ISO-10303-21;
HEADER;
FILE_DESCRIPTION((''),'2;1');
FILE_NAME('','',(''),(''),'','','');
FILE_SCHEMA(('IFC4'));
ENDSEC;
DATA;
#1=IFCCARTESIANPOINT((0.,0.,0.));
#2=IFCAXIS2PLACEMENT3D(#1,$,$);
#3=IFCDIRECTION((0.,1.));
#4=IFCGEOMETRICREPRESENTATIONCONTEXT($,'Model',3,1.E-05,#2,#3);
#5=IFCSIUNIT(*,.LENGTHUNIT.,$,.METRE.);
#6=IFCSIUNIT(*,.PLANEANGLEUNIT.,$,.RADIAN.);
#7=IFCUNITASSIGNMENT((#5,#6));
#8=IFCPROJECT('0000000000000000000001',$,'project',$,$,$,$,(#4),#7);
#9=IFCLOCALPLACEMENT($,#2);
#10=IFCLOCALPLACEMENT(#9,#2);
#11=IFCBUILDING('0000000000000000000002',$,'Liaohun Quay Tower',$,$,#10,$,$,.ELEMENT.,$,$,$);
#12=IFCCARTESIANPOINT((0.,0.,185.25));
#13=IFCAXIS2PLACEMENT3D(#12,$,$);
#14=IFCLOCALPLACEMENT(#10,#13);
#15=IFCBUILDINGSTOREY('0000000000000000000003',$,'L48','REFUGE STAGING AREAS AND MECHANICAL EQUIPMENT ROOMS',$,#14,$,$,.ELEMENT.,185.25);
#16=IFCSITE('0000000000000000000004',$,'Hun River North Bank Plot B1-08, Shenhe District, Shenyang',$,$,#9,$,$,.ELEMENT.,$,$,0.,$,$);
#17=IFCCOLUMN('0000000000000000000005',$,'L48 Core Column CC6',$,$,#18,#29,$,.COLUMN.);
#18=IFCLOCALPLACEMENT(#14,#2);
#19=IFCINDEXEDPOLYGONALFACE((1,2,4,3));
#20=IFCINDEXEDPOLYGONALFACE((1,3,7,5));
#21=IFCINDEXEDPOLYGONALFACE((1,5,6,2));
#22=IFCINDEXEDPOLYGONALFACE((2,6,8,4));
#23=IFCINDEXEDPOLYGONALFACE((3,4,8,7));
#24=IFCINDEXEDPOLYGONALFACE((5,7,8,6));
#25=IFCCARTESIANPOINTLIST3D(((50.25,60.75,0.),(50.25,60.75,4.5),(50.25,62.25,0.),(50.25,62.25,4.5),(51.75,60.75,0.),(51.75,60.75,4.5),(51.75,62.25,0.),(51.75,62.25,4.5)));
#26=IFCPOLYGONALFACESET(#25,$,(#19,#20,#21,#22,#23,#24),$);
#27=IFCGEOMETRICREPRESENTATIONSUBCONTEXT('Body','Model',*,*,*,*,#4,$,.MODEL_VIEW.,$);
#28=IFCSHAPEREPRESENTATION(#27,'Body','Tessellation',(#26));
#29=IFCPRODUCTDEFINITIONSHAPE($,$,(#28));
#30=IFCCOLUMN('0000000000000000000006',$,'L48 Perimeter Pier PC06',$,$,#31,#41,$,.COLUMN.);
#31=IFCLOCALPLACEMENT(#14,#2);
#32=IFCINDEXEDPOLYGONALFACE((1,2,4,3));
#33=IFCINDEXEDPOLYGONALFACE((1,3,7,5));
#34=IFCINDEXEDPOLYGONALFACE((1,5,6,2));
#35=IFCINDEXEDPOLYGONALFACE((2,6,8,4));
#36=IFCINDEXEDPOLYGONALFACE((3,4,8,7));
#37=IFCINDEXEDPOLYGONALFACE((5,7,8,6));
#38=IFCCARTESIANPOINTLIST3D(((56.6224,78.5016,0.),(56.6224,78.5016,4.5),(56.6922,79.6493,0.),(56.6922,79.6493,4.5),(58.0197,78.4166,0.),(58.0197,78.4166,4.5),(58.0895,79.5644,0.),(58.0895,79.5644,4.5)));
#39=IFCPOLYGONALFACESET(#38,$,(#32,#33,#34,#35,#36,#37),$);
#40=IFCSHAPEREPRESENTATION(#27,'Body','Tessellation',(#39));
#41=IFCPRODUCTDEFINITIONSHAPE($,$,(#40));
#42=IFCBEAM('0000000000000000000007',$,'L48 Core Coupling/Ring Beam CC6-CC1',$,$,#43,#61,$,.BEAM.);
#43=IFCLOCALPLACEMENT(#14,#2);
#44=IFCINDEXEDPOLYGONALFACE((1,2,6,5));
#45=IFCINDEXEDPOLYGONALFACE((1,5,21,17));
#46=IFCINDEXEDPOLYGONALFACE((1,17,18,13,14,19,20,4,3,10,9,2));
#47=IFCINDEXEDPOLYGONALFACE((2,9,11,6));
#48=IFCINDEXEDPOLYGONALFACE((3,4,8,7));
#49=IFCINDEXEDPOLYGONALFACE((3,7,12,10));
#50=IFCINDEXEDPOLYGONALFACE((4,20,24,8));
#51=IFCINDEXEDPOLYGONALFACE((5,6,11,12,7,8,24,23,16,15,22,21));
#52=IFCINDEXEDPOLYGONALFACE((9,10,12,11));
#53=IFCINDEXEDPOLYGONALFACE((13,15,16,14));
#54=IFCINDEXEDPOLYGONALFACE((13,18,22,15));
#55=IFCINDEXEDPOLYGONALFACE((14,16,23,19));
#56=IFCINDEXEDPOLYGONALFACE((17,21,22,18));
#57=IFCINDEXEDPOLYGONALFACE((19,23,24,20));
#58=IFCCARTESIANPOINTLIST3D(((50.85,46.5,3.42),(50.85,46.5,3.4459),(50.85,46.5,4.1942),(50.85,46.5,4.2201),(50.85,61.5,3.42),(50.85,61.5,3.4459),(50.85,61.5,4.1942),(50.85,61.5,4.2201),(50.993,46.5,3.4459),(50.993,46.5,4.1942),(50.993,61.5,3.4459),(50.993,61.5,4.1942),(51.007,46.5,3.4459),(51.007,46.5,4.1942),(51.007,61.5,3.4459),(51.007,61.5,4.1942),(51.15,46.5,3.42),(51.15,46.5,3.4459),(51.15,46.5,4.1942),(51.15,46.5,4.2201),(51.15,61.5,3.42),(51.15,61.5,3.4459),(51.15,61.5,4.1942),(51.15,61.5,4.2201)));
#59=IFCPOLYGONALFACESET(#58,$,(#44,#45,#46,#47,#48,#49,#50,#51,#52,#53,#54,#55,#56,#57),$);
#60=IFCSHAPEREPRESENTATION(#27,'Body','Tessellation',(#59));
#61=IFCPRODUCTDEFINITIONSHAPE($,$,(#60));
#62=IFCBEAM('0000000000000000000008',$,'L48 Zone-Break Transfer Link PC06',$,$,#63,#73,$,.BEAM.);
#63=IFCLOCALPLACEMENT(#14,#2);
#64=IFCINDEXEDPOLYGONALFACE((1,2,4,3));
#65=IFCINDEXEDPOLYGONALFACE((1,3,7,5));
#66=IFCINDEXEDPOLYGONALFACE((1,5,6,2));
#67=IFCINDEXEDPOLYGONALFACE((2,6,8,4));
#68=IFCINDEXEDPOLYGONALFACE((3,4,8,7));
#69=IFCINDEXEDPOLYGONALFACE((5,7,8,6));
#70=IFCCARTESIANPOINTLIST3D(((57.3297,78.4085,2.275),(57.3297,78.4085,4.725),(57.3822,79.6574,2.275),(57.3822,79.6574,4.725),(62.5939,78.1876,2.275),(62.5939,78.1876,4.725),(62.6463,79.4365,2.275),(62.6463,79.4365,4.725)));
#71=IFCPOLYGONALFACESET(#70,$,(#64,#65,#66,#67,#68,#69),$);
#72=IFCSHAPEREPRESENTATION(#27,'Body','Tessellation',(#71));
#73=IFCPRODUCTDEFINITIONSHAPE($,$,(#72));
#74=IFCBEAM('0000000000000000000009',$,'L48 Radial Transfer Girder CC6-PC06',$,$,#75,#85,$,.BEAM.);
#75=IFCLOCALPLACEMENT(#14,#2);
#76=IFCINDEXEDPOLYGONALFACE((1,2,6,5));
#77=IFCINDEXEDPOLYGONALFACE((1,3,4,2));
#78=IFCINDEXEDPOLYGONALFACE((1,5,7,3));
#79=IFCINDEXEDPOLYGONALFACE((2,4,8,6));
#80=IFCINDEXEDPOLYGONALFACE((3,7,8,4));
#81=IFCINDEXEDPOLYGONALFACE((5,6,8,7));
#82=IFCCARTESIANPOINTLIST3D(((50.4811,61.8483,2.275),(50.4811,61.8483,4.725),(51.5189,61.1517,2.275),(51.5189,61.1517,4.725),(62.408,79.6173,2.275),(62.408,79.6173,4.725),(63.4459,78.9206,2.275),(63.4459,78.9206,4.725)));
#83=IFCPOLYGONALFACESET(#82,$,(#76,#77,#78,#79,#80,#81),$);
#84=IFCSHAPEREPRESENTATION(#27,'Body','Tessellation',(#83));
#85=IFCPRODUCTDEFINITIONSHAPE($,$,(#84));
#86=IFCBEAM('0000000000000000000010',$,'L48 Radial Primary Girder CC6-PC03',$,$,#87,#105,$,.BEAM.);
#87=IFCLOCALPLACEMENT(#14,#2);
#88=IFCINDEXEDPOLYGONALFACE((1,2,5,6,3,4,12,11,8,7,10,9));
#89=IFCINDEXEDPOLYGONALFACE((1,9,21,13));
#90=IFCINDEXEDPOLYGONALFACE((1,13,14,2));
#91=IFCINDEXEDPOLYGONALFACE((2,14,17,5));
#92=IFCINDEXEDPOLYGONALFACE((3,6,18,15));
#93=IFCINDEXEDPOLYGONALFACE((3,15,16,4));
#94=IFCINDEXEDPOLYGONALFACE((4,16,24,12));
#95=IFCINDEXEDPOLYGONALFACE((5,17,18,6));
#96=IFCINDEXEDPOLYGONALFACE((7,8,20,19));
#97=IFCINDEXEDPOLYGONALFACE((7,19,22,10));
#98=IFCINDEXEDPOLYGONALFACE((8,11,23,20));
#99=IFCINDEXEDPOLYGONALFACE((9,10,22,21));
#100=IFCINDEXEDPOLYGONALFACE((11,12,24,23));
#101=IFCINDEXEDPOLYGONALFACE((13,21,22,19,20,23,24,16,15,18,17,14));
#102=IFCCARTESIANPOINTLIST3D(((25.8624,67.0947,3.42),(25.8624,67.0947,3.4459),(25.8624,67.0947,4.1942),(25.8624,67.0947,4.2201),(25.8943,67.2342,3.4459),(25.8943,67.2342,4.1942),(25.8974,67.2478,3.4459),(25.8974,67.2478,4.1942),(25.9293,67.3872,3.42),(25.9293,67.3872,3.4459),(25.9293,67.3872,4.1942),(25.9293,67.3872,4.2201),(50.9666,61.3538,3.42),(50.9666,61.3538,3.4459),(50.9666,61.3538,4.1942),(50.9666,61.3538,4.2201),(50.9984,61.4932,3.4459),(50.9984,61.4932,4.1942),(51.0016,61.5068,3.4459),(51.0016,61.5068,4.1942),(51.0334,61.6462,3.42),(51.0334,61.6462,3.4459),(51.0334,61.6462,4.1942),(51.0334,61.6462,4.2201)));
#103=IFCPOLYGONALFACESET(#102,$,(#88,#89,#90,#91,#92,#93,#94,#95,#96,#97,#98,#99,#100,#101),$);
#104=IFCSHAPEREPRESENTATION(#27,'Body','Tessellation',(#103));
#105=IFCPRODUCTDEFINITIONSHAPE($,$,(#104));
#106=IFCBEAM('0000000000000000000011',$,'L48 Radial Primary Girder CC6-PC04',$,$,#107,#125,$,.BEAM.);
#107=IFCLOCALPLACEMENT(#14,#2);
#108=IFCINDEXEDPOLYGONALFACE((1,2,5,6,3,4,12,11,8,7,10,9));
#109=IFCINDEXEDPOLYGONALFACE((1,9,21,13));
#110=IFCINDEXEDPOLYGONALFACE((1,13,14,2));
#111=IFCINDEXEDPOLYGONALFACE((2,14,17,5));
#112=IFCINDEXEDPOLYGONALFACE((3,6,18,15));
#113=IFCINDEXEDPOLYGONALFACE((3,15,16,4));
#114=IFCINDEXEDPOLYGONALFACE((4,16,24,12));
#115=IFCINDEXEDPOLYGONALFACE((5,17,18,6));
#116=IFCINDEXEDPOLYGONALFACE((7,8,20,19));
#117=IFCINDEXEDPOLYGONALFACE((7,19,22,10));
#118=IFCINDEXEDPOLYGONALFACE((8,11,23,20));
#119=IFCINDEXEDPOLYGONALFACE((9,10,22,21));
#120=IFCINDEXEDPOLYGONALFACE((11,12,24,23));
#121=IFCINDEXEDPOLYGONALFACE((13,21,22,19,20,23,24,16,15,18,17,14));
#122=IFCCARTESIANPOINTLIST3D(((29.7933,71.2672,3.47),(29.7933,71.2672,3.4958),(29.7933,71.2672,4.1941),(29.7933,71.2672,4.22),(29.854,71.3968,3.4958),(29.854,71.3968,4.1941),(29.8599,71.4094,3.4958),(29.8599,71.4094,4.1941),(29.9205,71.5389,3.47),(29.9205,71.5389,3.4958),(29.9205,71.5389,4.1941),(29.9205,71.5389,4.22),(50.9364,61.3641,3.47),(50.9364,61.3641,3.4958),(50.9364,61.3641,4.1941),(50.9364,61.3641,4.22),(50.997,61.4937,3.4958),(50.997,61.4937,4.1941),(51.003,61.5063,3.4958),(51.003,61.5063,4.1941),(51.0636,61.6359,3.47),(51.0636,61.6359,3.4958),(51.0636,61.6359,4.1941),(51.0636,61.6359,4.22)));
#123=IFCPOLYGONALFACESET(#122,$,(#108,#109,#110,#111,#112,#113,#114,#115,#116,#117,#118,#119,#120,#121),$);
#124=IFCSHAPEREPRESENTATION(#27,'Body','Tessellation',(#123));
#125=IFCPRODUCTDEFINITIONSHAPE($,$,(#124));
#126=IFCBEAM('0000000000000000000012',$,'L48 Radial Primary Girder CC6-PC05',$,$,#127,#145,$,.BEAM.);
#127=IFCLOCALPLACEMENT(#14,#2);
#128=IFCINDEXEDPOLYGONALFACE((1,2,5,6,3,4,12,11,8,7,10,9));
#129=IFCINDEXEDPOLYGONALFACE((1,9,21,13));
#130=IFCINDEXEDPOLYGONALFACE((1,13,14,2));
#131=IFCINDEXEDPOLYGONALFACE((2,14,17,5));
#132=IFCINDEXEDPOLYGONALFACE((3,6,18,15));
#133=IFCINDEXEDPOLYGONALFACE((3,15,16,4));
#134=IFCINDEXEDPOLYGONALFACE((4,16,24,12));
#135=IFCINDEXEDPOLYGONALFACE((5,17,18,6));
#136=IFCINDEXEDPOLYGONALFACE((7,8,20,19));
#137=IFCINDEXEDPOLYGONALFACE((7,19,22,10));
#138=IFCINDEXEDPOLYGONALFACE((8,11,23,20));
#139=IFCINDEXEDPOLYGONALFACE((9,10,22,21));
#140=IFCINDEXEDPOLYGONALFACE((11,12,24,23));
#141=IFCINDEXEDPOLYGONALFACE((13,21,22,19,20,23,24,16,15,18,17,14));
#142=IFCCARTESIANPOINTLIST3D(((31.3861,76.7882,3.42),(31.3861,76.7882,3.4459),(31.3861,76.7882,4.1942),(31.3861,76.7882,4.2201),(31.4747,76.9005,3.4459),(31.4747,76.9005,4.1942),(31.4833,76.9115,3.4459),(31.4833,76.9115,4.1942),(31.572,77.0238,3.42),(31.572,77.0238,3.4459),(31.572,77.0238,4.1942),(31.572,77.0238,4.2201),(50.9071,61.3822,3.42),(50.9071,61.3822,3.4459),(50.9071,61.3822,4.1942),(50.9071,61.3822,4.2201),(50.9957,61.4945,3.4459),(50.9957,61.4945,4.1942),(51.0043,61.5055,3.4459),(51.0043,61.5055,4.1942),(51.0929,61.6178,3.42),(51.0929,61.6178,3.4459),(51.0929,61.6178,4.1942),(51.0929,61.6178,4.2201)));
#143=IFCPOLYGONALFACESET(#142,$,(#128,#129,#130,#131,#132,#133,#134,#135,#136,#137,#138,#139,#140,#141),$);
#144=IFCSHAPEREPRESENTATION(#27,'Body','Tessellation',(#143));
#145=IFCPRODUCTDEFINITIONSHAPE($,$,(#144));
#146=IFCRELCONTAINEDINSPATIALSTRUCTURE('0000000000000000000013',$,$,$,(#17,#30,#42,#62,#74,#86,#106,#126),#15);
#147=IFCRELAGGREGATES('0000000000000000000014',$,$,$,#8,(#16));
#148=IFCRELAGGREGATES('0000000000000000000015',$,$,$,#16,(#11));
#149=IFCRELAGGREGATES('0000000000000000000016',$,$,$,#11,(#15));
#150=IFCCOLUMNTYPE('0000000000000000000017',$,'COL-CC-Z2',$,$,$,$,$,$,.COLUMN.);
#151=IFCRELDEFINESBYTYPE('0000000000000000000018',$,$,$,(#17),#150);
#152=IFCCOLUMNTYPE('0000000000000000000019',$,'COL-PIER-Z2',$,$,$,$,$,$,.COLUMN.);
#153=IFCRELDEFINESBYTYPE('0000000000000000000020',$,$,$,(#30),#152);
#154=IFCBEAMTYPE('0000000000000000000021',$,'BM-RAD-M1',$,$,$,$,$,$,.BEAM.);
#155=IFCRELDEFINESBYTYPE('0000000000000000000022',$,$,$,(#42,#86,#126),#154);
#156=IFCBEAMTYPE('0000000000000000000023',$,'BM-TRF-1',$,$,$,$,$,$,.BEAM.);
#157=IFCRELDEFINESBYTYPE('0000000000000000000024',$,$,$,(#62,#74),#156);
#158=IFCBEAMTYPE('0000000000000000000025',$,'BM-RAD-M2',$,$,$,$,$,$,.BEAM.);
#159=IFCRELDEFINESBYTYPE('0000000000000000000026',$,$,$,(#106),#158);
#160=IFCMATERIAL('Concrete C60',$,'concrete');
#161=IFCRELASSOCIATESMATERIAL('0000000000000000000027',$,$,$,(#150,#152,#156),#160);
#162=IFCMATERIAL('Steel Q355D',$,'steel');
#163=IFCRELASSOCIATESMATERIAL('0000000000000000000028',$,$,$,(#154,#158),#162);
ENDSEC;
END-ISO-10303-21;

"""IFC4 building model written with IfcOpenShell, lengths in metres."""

from ifc_helpers import new_model, si_unit, direction, frame, origin, origin_2d, place, context, subcontext, project, spatial, rectangle, i_section, extrude, source, transform, mapped, material, material_profile, profile_set, type_object, element, save


model = new_model("IFC4")

# Units and contexts
model_context = context("Model", 3, precision=1e-05, world=origin(), true_north=direction((0.0, 1.0)))
body_context = subcontext(model_context, "Body", "Model", "MODEL_VIEW")
ifc_project = project(units=[si_unit("LENGTHUNIT", "METRE"), si_unit("PLANEANGLEUNIT", "RADIAN")], contexts=[model_context])

# Site, building, storey
site_placement = place(None, origin())
site = spatial("IfcSite", under=ifc_project, at=site_placement, Name="Hun River North Bank Plot B1-08, Shenhe District, Shenyang", CompositionType="ELEMENT", RefElevation=0.0)
building_placement = place(site_placement, origin())
building = spatial("IfcBuilding", under=site, at=building_placement, Name="Liaohun Quay Tower", CompositionType="ELEMENT")
storey_placement = place(building_placement, frame((0.0, 0.0, 185.25)))
storey = spatial("IfcBuildingStorey", under=building, at=storey_placement, Name="L48", Description="REFUGE STAGING AREAS AND MECHANICAL EQUIPMENT ROOMS", CompositionType="ELEMENT", Elevation=185.25)

# Columns
ifc_material_1 = material(Name="Concrete C60", Category="concrete")
ifc_material_profile_1 = material_profile(ifc_material_1, rectangle(XDim=1.5, YDim=1.5, at=origin_2d()), Name="RC1500x1500")
ifc_profile_set_1 = profile_set([ifc_material_profile_1], Name="Concrete C60")
column_type_1 = type_object("IfcColumnType", Name="COL-CC-Z2", PredefinedType="COLUMN", material=ifc_profile_set_1)
shared_shape_1 = source(origin(), body_context, "Body", "SweptSolid", [
    extrude(rectangle(XDim=1.5, YDim=1.5, at=origin_2d()), origin(), (0.0, 0.0, 1.0), 4.5),
])
column_1_placement = place(storey_placement, frame((51.0, 61.5, 0.0), z_axis=(0.0, 0.0, 1.0), x_axis=(1.0, 0.0, 0.0)))
element("IfcColumn", 1, at=column_1_placement, inside=storey, type_object=column_type_1, Name="L48 Core Column CC6", PredefinedType="COLUMN", context=body_context, shape_type="MappedRepresentation", body=[
    mapped(shared_shape_1, transform((0.0, 0.0, 0.0), x_axis=(1.0, 0.0, 0.0), y_axis=(0.0, 1.0, 0.0), z_axis=(0.0, 0.0, 1.0), scale=1.0)),
])
ifc_material_profile_2 = material_profile(ifc_material_1, rectangle(XDim=1.3999, YDim=1.1499, at=origin_2d()), Name="RC1400x1150")
ifc_profile_set_2 = profile_set([ifc_material_profile_2], Name="Concrete C60")
column_type_2 = type_object("IfcColumnType", Name="COL-PIER-Z2", PredefinedType="COLUMN", material=ifc_profile_set_2)
shared_shape_2 = source(origin(), body_context, "Body", "SweptSolid", [
    extrude(rectangle(XDim=1.3999, YDim=1.1499, at=origin_2d()), origin(), (0.0, 0.0, 1.0), 4.5),
])
column_2_placement = place(storey_placement, frame((57.356, 79.033, 0.0), z_axis=(0.0, 0.0, 1.0), x_axis=(-0.998156, 0.0607, 0.0)))
element("IfcColumn", 2, at=column_2_placement, inside=storey, type_object=column_type_2, Name="L48 Perimeter Pier PC06", PredefinedType="COLUMN", context=body_context, shape_type="MappedRepresentation", body=[
    mapped(shared_shape_2, transform((0.0, 0.0, 0.0), x_axis=(1.0, 0.0, 0.0), y_axis=(0.0, 1.0, 0.0), z_axis=(0.0, 0.0, 1.0), scale=1.0)),
])

# Beams
ifc_material_2 = material(Name="Steel Q355D", Category="steel")
ifc_material_profile_3 = material_profile(ifc_material_2, i_section(OverallWidth=0.3, OverallDepth=0.8, WebThickness=0.0139, FlangeThickness=0.0259, at=origin_2d()), Name="HN800x300x14x26")
ifc_profile_set_3 = profile_set([ifc_material_profile_3], Name="Steel Q355D")
beam_type_1 = type_object("IfcBeamType", Name="BM-RAD-M1", PredefinedType="BEAM", material=ifc_profile_set_3)
shared_shape_3 = source(origin(), body_context, "Body", "SweptSolid", [
    extrude(i_section(OverallWidth=0.3, OverallDepth=0.8, WebThickness=0.0139, FlangeThickness=0.0259, at=origin_2d()), origin(), (0.0, 0.0, 1.0), 15.0),
])
beam_1_placement = place(storey_placement, frame((51.0, 61.5, 3.8201), z_axis=(0.0, -1.0, 0.0), x_axis=(1.0, 0.0, 0.0)))
element("IfcBeam", 3, at=beam_1_placement, inside=storey, type_object=beam_type_1, Name="L48 Core Coupling/Ring Beam CC6-CC1", PredefinedType="BEAM", context=body_context, shape_type="MappedRepresentation", body=[
    mapped(shared_shape_3, transform((0.0, 0.0, 0.0), x_axis=(1.0, 0.0, 0.0), y_axis=(0.0, 1.0, 0.0), z_axis=(0.0, 0.0, 1.0), scale=1.0)),
])
ifc_material_profile_4 = material_profile(ifc_material_1, rectangle(XDim=1.25, YDim=2.45, at=origin_2d()), Name="RC1250x2450")
ifc_profile_set_4 = profile_set([ifc_material_profile_4], Name="Concrete C60")
beam_type_2 = type_object("IfcBeamType", Name="BM-TRF-1", PredefinedType="BEAM", material=ifc_profile_set_4)
shared_shape_4 = source(origin(), body_context, "Body", "SweptSolid", [
    extrude(rectangle(XDim=1.25, YDim=2.45, at=origin_2d()), origin(), (0.0, 0.0, 1.0), 5.2688),
])
beam_2_placement = place(storey_placement, frame((57.356, 79.033, 3.5), z_axis=(0.99912, -0.041935, 0.0), x_axis=(0.041935, 0.99912, 0.0)))
element("IfcBeam", 4, at=beam_2_placement, inside=storey, type_object=beam_type_2, Name="L48 Zone-Break Transfer Link PC06", PredefinedType="BEAM", context=body_context, shape_type="MappedRepresentation", body=[
    mapped(shared_shape_4, transform((0.0, 0.0, 0.0), x_axis=(1.0, 0.0, 0.0), y_axis=(0.0, 1.0, 0.0), z_axis=(0.0, 0.0, 1.0), scale=1.0)),
])
shared_shape_5 = source(origin(), body_context, "Body", "SweptSolid", [
    extrude(rectangle(XDim=1.25, YDim=2.45, at=origin_2d()), origin(), (0.0, 0.0, 1.0), 21.4006),
])
beam_3_placement = place(storey_placement, frame((51.0, 61.5, 3.5), z_axis=(0.557317, 0.8303, 0.0), x_axis=(-0.8303, 0.557317, 0.0)))
element("IfcBeam", 5, at=beam_3_placement, inside=storey, type_object=beam_type_2, Name="L48 Radial Transfer Girder CC6-PC06", PredefinedType="BEAM", context=body_context, shape_type="MappedRepresentation", body=[
    mapped(shared_shape_5, transform((0.0, 0.0, 0.0), x_axis=(1.0, 0.0, 0.0), y_axis=(0.0, 1.0, 0.0), z_axis=(0.0, 0.0, 1.0), scale=1.0)),
])
shared_shape_6 = source(origin(), body_context, "Body", "SweptSolid", [
    extrude(i_section(OverallWidth=0.3, OverallDepth=0.8, WebThickness=0.0139, FlangeThickness=0.0259, at=origin_2d()), origin(), (0.0, 0.0, 1.0), 25.7522),
])
beam_4_placement = place(storey_placement, frame((51.0, 61.5, 3.8201), z_axis=(-0.974834, 0.222932, 0.0), x_axis=(-0.222932, -0.974834, 0.0)))
element("IfcBeam", 6, at=beam_4_placement, inside=storey, type_object=beam_type_1, Name="L48 Radial Primary Girder CC6-PC03", PredefinedType="BEAM", context=body_context, shape_type="MappedRepresentation", body=[
    mapped(shared_shape_6, transform((0.0, 0.0, 0.0), x_axis=(1.0, 0.0, 0.0), y_axis=(0.0, 1.0, 0.0), z_axis=(0.0, 0.0, 1.0), scale=1.0)),
])
ifc_material_profile_5 = material_profile(ifc_material_2, i_section(OverallWidth=0.3, OverallDepth=0.75, WebThickness=0.0139, FlangeThickness=0.0259, at=origin_2d()), Name="HN750x300x14x26")
ifc_profile_set_5 = profile_set([ifc_material_profile_5], Name="Steel Q355D")
beam_type_3 = type_object("IfcBeamType", Name="BM-RAD-M2", PredefinedType="BEAM", material=ifc_profile_set_5)
shared_shape_7 = source(origin(), body_context, "Body", "SweptSolid", [
    extrude(i_section(OverallWidth=0.3, OverallDepth=0.75, WebThickness=0.0139, FlangeThickness=0.0259, at=origin_2d()), origin(), (0.0, 0.0, 1.0), 23.3474),
])
beam_5_placement = place(storey_placement, frame((51.0, 61.5, 3.845), z_axis=(-0.905586, 0.424162, 0.0), x_axis=(-0.424162, -0.905586, 0.0)))
element("IfcBeam", 7, at=beam_5_placement, inside=storey, type_object=beam_type_3, Name="L48 Radial Primary Girder CC6-PC04", PredefinedType="BEAM", context=body_context, shape_type="MappedRepresentation", body=[
    mapped(shared_shape_7, transform((0.0, 0.0, 0.0), x_axis=(1.0, 0.0, 0.0), y_axis=(0.0, 1.0, 0.0), z_axis=(0.0, 0.0, 1.0), scale=1.0)),
])
shared_shape_8 = source(origin(), body_context, "Body", "SweptSolid", [
    extrude(i_section(OverallWidth=0.3, OverallDepth=0.8, WebThickness=0.0139, FlangeThickness=0.0259, at=origin_2d()), origin(), (0.0, 0.0, 1.0), 24.8679),
])
beam_6_placement = place(storey_placement, frame((51.0, 61.5, 3.8201), z_axis=(-0.784987, 0.619513, 0.0), x_axis=(-0.619513, -0.784987, 0.0)))
element("IfcBeam", 8, at=beam_6_placement, inside=storey, type_object=beam_type_1, Name="L48 Radial Primary Girder CC6-PC05", PredefinedType="BEAM", context=body_context, shape_type="MappedRepresentation", body=[
    mapped(shared_shape_8, transform((0.0, 0.0, 0.0), x_axis=(1.0, 0.0, 0.0), y_axis=(0.0, 1.0, 0.0), z_axis=(0.0, 0.0, 1.0), scale=1.0)),
])

save(model, "model.ifc")
